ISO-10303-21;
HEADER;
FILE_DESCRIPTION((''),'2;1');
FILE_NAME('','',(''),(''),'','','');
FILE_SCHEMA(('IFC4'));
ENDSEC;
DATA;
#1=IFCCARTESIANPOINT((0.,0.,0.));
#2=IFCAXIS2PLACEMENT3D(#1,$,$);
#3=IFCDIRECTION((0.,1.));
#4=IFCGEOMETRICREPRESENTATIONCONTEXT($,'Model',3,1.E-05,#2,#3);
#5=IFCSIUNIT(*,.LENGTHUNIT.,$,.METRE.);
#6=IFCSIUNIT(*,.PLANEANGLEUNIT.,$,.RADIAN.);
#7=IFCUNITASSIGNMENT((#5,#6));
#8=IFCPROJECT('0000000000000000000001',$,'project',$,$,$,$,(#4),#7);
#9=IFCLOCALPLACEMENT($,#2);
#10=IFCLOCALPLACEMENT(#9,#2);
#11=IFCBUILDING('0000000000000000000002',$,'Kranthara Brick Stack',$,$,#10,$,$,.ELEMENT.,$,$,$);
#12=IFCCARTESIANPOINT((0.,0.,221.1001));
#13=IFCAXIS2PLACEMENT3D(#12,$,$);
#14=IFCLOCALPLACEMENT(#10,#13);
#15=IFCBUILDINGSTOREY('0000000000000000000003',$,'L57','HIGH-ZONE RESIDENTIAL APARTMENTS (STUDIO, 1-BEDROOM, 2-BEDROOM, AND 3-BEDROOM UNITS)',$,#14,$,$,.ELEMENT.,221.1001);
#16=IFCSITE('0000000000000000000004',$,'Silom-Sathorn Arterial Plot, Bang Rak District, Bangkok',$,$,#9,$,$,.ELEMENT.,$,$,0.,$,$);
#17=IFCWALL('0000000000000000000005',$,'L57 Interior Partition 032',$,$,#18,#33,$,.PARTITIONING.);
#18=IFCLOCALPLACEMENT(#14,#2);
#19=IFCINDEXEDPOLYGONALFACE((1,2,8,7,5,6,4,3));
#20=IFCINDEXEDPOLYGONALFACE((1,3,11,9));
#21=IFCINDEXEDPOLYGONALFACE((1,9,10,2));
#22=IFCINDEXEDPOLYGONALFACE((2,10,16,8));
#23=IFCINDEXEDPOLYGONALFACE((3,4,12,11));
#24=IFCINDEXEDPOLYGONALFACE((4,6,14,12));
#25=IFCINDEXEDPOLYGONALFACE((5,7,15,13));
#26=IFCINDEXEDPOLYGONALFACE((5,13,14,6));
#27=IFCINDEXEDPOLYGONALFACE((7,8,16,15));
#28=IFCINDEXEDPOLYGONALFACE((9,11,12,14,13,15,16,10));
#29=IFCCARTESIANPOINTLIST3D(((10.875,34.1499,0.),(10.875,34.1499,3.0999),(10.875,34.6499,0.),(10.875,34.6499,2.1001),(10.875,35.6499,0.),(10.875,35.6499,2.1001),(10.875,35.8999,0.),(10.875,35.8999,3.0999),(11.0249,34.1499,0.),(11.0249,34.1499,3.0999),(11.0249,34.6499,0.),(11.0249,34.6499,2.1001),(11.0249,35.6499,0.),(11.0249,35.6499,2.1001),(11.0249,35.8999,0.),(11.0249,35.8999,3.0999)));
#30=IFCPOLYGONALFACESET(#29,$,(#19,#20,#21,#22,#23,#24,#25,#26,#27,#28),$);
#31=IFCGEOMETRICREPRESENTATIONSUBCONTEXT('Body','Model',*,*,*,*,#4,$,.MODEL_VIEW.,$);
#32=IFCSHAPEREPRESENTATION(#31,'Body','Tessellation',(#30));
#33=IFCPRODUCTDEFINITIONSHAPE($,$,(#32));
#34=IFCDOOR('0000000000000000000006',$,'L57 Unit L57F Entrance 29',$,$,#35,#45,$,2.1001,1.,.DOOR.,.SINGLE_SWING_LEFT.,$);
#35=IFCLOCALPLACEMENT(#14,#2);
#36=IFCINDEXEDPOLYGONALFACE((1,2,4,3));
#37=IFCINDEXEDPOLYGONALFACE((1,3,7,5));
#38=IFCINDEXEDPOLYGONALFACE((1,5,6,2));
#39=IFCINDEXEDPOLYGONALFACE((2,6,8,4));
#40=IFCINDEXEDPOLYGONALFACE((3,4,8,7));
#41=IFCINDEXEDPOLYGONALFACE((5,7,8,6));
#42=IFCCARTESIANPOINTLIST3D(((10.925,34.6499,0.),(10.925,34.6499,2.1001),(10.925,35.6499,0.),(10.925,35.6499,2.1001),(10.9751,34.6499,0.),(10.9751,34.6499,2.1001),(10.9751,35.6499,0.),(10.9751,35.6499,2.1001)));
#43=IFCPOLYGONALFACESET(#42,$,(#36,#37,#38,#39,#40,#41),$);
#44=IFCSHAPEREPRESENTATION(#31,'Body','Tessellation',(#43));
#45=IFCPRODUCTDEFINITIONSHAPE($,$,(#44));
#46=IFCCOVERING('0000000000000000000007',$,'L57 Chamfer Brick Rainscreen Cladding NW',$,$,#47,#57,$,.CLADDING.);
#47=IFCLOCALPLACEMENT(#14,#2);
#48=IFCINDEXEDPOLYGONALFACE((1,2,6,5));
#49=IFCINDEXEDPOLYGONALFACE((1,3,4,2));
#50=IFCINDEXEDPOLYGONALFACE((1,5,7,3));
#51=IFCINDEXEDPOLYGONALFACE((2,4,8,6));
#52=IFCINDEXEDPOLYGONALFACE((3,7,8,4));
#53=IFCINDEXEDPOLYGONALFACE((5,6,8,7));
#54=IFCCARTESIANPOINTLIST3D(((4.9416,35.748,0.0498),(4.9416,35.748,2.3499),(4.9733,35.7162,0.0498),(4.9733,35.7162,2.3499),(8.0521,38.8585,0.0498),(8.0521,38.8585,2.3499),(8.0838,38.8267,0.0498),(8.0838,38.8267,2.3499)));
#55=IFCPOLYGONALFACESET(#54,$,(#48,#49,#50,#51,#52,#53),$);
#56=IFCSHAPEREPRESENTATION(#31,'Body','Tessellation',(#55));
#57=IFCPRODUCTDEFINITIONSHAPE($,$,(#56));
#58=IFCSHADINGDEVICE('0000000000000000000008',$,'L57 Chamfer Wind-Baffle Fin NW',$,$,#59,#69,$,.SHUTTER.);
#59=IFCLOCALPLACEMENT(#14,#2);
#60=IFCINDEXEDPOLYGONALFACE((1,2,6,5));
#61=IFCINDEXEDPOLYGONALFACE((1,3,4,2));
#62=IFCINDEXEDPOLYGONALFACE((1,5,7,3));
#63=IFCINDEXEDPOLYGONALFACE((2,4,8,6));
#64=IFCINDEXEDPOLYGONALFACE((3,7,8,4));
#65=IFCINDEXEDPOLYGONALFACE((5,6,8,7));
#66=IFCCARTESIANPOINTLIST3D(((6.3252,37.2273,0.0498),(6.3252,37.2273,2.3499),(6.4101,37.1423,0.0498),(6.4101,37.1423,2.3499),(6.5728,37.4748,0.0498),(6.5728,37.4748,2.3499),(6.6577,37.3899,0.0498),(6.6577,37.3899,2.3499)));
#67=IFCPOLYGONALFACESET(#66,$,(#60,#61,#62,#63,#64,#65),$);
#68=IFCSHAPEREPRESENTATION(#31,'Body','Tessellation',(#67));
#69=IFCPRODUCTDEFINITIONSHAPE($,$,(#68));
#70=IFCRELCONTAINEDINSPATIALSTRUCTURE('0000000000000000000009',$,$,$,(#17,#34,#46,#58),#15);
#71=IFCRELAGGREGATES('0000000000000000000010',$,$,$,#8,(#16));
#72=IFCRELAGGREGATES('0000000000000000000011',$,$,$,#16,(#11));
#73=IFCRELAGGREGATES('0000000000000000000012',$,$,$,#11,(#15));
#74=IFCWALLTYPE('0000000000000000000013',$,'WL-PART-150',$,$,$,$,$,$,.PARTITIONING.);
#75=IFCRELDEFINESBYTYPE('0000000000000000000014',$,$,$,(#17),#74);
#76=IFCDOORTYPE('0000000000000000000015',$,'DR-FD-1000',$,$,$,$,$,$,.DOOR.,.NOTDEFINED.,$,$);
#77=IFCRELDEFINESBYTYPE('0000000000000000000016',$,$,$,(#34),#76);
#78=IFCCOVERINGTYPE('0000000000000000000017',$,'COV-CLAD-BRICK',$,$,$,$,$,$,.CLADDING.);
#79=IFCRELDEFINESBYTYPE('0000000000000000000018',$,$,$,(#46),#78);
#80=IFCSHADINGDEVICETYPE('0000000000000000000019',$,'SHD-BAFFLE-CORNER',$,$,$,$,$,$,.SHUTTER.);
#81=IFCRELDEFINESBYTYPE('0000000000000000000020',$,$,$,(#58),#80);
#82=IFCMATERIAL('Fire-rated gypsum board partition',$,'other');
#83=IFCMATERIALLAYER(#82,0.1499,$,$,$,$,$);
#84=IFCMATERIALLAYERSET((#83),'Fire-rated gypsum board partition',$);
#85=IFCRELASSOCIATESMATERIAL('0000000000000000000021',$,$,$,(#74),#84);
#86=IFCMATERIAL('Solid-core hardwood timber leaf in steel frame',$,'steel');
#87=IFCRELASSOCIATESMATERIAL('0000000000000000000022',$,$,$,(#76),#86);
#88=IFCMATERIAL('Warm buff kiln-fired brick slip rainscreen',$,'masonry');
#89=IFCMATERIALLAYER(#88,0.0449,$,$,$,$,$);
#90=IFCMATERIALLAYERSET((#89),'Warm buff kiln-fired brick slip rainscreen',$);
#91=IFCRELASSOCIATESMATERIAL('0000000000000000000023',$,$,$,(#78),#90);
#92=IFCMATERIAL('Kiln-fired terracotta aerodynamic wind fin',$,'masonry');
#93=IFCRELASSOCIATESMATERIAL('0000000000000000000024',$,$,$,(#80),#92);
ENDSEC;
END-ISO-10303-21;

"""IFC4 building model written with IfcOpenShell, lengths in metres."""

from ifc_helpers import new_model, si_unit, direction, frame, frame_2d, origin, origin_2d, place, context, subcontext, project, spatial, rectangle, extrude, material, layer, layer_set, type_object, element, fill, save


model = new_model("IFC4")

# Units and contexts
model_context = context("Model", 3, precision=1e-05, world=origin(), true_north=direction((0.0, 1.0)))
body_context = subcontext(model_context, "Body", "Model", "MODEL_VIEW")
ifc_project = project(units=[si_unit("LENGTHUNIT", "METRE"), si_unit("PLANEANGLEUNIT", "RADIAN")], contexts=[model_context])

# Site, building, storey
site_placement = place(None, origin())
site = spatial("IfcSite", under=ifc_project, at=site_placement, Name="Silom-Sathorn Arterial Plot, Bang Rak District, Bangkok", CompositionType="ELEMENT", RefElevation=0.0)
building_placement = place(site_placement, origin())
building = spatial("IfcBuilding", under=site, at=building_placement, Name="Kranthara Brick Stack", CompositionType="ELEMENT")
storey_placement = place(building_placement, frame((0.0, 0.0, 221.1001)))
storey = spatial("IfcBuildingStorey", under=building, at=storey_placement, Name="L57", Description="HIGH-ZONE RESIDENTIAL APARTMENTS (STUDIO, 1-BEDROOM, 2-BEDROOM, AND 3-BEDROOM UNITS)", CompositionType="ELEMENT", Elevation=221.1001)

# Wall, opening, door
ifc_material_1 = material(Name="Fire-rated gypsum board partition", Category="other")
ifc_layer_1 = layer(ifc_material_1, 0.1499)
ifc_layer_set_1 = layer_set([ifc_layer_1], Name="Fire-rated gypsum board partition")
wall_type_1 = type_object("IfcWallType", Name="WL-PART-150", PredefinedType="PARTITIONING", material=ifc_layer_set_1)
wall_1_placement = place(storey_placement, frame((10.95, 34.1499, 0.0), z_axis=(0.0, 0.0, 1.0), x_axis=(0.0, 1.0, 0.0)))
wall_1 = element("IfcWall", 1, at=wall_1_placement, inside=storey, type_object=wall_type_1, Name="L57 Interior Partition 032", PredefinedType="PARTITIONING", context=body_context, shape_type="SweptSolid", body=[
    extrude(rectangle(XDim=1.75, YDim=0.1499, at=frame_2d((0.875, 0.0))), origin(), (0.0, 0.0, 1.0), 3.0999),
])
opening_1_placement = place(wall_1_placement, frame((0.5, 0.0, 0.0)))
opening_1 = element("IfcOpeningElement", 2, at=opening_1_placement, cuts=wall_1, PredefinedType="OPENING", context=body_context, shape_type="SweptSolid", body=[
    extrude(rectangle(XDim=1.0, YDim=2.1001, at=frame_2d((0.5, 1.05))), frame((0.0, 0.085, 0.0), z_axis=(0.0, -1.0, 0.0), x_axis=(1.0, 0.0, 0.0)), (0.0, 0.0, 1.0), 0.1699),
])
ifc_material_2 = material(Name="Solid-core hardwood timber leaf in steel frame", Category="steel")
door_type_1 = type_object("IfcDoorType", Name="DR-FD-1000", OperationType="NOTDEFINED", PredefinedType="DOOR", material=ifc_material_2)
door_1_placement = place(opening_1_placement, origin())
door_1 = element("IfcDoor", 3, at=door_1_placement, inside=storey, type_object=door_type_1, Name="L57 Unit L57F Entrance 29", OperationType="SINGLE_SWING_LEFT", OverallHeight=2.1001, OverallWidth=1.0, PredefinedType="DOOR", context=body_context, shape_type="SweptSolid", body=[
    extrude(rectangle(XDim=1.0, YDim=2.1001, at=frame_2d((0.5, 1.05))), frame((0.0, 0.0249, 0.0), z_axis=(0.0, -1.0, 0.0), x_axis=(1.0, 0.0, 0.0)), (0.0, 0.0, 1.0), 0.05),
])
fill(opening_1, door_1)

# Covering
ifc_material_3 = material(Name="Warm buff kiln-fired brick slip rainscreen", Category="masonry")
ifc_layer_2 = layer(ifc_material_3, 0.0449)
ifc_layer_set_2 = layer_set([ifc_layer_2], Name="Warm buff kiln-fired brick slip rainscreen")
covering_type = type_object("IfcCoveringType", Name="COV-CLAD-BRICK", PredefinedType="CLADDING", material=ifc_layer_set_2)
covering_placement = place(storey_placement, frame((6.5127, 37.2874, 0.0498), z_axis=(0.0, 0.0, 1.0), x_axis=(0.707107, 0.707107, 0.0)))
element("IfcCovering", 4, at=covering_placement, inside=storey, type_object=covering_type, Name="L57 Chamfer Brick Rainscreen Cladding NW", PredefinedType="CLADDING", context=body_context, shape_type="SweptSolid", body=[
    extrude(rectangle(XDim=4.3989, YDim=0.0449, at=origin_2d()), origin(), (0.0, 0.0, 1.0), 2.3),
])

# Shading device
ifc_material_4 = material(Name="Kiln-fired terracotta aerodynamic wind fin", Category="masonry")
shading_device_type = type_object("IfcShadingDeviceType", Name="SHD-BAFFLE-CORNER", PredefinedType="SHUTTER", material=ifc_material_4)
shading_device_placement = place(storey_placement, frame((6.4915, 37.3086, 0.0498), z_axis=(0.0, 0.0, 1.0), x_axis=(0.707107, 0.707107, 0.0)))
element("IfcShadingDevice", 5, at=shading_device_placement, inside=storey, type_object=shading_device_type, Name="L57 Chamfer Wind-Baffle Fin NW", PredefinedType="SHUTTER", context=body_context, shape_type="SweptSolid", body=[
    extrude(rectangle(XDim=0.3501, YDim=0.1201, at=origin_2d()), origin(), (0.0, 0.0, 1.0), 2.3),
])

save(model, "model.ifc")
